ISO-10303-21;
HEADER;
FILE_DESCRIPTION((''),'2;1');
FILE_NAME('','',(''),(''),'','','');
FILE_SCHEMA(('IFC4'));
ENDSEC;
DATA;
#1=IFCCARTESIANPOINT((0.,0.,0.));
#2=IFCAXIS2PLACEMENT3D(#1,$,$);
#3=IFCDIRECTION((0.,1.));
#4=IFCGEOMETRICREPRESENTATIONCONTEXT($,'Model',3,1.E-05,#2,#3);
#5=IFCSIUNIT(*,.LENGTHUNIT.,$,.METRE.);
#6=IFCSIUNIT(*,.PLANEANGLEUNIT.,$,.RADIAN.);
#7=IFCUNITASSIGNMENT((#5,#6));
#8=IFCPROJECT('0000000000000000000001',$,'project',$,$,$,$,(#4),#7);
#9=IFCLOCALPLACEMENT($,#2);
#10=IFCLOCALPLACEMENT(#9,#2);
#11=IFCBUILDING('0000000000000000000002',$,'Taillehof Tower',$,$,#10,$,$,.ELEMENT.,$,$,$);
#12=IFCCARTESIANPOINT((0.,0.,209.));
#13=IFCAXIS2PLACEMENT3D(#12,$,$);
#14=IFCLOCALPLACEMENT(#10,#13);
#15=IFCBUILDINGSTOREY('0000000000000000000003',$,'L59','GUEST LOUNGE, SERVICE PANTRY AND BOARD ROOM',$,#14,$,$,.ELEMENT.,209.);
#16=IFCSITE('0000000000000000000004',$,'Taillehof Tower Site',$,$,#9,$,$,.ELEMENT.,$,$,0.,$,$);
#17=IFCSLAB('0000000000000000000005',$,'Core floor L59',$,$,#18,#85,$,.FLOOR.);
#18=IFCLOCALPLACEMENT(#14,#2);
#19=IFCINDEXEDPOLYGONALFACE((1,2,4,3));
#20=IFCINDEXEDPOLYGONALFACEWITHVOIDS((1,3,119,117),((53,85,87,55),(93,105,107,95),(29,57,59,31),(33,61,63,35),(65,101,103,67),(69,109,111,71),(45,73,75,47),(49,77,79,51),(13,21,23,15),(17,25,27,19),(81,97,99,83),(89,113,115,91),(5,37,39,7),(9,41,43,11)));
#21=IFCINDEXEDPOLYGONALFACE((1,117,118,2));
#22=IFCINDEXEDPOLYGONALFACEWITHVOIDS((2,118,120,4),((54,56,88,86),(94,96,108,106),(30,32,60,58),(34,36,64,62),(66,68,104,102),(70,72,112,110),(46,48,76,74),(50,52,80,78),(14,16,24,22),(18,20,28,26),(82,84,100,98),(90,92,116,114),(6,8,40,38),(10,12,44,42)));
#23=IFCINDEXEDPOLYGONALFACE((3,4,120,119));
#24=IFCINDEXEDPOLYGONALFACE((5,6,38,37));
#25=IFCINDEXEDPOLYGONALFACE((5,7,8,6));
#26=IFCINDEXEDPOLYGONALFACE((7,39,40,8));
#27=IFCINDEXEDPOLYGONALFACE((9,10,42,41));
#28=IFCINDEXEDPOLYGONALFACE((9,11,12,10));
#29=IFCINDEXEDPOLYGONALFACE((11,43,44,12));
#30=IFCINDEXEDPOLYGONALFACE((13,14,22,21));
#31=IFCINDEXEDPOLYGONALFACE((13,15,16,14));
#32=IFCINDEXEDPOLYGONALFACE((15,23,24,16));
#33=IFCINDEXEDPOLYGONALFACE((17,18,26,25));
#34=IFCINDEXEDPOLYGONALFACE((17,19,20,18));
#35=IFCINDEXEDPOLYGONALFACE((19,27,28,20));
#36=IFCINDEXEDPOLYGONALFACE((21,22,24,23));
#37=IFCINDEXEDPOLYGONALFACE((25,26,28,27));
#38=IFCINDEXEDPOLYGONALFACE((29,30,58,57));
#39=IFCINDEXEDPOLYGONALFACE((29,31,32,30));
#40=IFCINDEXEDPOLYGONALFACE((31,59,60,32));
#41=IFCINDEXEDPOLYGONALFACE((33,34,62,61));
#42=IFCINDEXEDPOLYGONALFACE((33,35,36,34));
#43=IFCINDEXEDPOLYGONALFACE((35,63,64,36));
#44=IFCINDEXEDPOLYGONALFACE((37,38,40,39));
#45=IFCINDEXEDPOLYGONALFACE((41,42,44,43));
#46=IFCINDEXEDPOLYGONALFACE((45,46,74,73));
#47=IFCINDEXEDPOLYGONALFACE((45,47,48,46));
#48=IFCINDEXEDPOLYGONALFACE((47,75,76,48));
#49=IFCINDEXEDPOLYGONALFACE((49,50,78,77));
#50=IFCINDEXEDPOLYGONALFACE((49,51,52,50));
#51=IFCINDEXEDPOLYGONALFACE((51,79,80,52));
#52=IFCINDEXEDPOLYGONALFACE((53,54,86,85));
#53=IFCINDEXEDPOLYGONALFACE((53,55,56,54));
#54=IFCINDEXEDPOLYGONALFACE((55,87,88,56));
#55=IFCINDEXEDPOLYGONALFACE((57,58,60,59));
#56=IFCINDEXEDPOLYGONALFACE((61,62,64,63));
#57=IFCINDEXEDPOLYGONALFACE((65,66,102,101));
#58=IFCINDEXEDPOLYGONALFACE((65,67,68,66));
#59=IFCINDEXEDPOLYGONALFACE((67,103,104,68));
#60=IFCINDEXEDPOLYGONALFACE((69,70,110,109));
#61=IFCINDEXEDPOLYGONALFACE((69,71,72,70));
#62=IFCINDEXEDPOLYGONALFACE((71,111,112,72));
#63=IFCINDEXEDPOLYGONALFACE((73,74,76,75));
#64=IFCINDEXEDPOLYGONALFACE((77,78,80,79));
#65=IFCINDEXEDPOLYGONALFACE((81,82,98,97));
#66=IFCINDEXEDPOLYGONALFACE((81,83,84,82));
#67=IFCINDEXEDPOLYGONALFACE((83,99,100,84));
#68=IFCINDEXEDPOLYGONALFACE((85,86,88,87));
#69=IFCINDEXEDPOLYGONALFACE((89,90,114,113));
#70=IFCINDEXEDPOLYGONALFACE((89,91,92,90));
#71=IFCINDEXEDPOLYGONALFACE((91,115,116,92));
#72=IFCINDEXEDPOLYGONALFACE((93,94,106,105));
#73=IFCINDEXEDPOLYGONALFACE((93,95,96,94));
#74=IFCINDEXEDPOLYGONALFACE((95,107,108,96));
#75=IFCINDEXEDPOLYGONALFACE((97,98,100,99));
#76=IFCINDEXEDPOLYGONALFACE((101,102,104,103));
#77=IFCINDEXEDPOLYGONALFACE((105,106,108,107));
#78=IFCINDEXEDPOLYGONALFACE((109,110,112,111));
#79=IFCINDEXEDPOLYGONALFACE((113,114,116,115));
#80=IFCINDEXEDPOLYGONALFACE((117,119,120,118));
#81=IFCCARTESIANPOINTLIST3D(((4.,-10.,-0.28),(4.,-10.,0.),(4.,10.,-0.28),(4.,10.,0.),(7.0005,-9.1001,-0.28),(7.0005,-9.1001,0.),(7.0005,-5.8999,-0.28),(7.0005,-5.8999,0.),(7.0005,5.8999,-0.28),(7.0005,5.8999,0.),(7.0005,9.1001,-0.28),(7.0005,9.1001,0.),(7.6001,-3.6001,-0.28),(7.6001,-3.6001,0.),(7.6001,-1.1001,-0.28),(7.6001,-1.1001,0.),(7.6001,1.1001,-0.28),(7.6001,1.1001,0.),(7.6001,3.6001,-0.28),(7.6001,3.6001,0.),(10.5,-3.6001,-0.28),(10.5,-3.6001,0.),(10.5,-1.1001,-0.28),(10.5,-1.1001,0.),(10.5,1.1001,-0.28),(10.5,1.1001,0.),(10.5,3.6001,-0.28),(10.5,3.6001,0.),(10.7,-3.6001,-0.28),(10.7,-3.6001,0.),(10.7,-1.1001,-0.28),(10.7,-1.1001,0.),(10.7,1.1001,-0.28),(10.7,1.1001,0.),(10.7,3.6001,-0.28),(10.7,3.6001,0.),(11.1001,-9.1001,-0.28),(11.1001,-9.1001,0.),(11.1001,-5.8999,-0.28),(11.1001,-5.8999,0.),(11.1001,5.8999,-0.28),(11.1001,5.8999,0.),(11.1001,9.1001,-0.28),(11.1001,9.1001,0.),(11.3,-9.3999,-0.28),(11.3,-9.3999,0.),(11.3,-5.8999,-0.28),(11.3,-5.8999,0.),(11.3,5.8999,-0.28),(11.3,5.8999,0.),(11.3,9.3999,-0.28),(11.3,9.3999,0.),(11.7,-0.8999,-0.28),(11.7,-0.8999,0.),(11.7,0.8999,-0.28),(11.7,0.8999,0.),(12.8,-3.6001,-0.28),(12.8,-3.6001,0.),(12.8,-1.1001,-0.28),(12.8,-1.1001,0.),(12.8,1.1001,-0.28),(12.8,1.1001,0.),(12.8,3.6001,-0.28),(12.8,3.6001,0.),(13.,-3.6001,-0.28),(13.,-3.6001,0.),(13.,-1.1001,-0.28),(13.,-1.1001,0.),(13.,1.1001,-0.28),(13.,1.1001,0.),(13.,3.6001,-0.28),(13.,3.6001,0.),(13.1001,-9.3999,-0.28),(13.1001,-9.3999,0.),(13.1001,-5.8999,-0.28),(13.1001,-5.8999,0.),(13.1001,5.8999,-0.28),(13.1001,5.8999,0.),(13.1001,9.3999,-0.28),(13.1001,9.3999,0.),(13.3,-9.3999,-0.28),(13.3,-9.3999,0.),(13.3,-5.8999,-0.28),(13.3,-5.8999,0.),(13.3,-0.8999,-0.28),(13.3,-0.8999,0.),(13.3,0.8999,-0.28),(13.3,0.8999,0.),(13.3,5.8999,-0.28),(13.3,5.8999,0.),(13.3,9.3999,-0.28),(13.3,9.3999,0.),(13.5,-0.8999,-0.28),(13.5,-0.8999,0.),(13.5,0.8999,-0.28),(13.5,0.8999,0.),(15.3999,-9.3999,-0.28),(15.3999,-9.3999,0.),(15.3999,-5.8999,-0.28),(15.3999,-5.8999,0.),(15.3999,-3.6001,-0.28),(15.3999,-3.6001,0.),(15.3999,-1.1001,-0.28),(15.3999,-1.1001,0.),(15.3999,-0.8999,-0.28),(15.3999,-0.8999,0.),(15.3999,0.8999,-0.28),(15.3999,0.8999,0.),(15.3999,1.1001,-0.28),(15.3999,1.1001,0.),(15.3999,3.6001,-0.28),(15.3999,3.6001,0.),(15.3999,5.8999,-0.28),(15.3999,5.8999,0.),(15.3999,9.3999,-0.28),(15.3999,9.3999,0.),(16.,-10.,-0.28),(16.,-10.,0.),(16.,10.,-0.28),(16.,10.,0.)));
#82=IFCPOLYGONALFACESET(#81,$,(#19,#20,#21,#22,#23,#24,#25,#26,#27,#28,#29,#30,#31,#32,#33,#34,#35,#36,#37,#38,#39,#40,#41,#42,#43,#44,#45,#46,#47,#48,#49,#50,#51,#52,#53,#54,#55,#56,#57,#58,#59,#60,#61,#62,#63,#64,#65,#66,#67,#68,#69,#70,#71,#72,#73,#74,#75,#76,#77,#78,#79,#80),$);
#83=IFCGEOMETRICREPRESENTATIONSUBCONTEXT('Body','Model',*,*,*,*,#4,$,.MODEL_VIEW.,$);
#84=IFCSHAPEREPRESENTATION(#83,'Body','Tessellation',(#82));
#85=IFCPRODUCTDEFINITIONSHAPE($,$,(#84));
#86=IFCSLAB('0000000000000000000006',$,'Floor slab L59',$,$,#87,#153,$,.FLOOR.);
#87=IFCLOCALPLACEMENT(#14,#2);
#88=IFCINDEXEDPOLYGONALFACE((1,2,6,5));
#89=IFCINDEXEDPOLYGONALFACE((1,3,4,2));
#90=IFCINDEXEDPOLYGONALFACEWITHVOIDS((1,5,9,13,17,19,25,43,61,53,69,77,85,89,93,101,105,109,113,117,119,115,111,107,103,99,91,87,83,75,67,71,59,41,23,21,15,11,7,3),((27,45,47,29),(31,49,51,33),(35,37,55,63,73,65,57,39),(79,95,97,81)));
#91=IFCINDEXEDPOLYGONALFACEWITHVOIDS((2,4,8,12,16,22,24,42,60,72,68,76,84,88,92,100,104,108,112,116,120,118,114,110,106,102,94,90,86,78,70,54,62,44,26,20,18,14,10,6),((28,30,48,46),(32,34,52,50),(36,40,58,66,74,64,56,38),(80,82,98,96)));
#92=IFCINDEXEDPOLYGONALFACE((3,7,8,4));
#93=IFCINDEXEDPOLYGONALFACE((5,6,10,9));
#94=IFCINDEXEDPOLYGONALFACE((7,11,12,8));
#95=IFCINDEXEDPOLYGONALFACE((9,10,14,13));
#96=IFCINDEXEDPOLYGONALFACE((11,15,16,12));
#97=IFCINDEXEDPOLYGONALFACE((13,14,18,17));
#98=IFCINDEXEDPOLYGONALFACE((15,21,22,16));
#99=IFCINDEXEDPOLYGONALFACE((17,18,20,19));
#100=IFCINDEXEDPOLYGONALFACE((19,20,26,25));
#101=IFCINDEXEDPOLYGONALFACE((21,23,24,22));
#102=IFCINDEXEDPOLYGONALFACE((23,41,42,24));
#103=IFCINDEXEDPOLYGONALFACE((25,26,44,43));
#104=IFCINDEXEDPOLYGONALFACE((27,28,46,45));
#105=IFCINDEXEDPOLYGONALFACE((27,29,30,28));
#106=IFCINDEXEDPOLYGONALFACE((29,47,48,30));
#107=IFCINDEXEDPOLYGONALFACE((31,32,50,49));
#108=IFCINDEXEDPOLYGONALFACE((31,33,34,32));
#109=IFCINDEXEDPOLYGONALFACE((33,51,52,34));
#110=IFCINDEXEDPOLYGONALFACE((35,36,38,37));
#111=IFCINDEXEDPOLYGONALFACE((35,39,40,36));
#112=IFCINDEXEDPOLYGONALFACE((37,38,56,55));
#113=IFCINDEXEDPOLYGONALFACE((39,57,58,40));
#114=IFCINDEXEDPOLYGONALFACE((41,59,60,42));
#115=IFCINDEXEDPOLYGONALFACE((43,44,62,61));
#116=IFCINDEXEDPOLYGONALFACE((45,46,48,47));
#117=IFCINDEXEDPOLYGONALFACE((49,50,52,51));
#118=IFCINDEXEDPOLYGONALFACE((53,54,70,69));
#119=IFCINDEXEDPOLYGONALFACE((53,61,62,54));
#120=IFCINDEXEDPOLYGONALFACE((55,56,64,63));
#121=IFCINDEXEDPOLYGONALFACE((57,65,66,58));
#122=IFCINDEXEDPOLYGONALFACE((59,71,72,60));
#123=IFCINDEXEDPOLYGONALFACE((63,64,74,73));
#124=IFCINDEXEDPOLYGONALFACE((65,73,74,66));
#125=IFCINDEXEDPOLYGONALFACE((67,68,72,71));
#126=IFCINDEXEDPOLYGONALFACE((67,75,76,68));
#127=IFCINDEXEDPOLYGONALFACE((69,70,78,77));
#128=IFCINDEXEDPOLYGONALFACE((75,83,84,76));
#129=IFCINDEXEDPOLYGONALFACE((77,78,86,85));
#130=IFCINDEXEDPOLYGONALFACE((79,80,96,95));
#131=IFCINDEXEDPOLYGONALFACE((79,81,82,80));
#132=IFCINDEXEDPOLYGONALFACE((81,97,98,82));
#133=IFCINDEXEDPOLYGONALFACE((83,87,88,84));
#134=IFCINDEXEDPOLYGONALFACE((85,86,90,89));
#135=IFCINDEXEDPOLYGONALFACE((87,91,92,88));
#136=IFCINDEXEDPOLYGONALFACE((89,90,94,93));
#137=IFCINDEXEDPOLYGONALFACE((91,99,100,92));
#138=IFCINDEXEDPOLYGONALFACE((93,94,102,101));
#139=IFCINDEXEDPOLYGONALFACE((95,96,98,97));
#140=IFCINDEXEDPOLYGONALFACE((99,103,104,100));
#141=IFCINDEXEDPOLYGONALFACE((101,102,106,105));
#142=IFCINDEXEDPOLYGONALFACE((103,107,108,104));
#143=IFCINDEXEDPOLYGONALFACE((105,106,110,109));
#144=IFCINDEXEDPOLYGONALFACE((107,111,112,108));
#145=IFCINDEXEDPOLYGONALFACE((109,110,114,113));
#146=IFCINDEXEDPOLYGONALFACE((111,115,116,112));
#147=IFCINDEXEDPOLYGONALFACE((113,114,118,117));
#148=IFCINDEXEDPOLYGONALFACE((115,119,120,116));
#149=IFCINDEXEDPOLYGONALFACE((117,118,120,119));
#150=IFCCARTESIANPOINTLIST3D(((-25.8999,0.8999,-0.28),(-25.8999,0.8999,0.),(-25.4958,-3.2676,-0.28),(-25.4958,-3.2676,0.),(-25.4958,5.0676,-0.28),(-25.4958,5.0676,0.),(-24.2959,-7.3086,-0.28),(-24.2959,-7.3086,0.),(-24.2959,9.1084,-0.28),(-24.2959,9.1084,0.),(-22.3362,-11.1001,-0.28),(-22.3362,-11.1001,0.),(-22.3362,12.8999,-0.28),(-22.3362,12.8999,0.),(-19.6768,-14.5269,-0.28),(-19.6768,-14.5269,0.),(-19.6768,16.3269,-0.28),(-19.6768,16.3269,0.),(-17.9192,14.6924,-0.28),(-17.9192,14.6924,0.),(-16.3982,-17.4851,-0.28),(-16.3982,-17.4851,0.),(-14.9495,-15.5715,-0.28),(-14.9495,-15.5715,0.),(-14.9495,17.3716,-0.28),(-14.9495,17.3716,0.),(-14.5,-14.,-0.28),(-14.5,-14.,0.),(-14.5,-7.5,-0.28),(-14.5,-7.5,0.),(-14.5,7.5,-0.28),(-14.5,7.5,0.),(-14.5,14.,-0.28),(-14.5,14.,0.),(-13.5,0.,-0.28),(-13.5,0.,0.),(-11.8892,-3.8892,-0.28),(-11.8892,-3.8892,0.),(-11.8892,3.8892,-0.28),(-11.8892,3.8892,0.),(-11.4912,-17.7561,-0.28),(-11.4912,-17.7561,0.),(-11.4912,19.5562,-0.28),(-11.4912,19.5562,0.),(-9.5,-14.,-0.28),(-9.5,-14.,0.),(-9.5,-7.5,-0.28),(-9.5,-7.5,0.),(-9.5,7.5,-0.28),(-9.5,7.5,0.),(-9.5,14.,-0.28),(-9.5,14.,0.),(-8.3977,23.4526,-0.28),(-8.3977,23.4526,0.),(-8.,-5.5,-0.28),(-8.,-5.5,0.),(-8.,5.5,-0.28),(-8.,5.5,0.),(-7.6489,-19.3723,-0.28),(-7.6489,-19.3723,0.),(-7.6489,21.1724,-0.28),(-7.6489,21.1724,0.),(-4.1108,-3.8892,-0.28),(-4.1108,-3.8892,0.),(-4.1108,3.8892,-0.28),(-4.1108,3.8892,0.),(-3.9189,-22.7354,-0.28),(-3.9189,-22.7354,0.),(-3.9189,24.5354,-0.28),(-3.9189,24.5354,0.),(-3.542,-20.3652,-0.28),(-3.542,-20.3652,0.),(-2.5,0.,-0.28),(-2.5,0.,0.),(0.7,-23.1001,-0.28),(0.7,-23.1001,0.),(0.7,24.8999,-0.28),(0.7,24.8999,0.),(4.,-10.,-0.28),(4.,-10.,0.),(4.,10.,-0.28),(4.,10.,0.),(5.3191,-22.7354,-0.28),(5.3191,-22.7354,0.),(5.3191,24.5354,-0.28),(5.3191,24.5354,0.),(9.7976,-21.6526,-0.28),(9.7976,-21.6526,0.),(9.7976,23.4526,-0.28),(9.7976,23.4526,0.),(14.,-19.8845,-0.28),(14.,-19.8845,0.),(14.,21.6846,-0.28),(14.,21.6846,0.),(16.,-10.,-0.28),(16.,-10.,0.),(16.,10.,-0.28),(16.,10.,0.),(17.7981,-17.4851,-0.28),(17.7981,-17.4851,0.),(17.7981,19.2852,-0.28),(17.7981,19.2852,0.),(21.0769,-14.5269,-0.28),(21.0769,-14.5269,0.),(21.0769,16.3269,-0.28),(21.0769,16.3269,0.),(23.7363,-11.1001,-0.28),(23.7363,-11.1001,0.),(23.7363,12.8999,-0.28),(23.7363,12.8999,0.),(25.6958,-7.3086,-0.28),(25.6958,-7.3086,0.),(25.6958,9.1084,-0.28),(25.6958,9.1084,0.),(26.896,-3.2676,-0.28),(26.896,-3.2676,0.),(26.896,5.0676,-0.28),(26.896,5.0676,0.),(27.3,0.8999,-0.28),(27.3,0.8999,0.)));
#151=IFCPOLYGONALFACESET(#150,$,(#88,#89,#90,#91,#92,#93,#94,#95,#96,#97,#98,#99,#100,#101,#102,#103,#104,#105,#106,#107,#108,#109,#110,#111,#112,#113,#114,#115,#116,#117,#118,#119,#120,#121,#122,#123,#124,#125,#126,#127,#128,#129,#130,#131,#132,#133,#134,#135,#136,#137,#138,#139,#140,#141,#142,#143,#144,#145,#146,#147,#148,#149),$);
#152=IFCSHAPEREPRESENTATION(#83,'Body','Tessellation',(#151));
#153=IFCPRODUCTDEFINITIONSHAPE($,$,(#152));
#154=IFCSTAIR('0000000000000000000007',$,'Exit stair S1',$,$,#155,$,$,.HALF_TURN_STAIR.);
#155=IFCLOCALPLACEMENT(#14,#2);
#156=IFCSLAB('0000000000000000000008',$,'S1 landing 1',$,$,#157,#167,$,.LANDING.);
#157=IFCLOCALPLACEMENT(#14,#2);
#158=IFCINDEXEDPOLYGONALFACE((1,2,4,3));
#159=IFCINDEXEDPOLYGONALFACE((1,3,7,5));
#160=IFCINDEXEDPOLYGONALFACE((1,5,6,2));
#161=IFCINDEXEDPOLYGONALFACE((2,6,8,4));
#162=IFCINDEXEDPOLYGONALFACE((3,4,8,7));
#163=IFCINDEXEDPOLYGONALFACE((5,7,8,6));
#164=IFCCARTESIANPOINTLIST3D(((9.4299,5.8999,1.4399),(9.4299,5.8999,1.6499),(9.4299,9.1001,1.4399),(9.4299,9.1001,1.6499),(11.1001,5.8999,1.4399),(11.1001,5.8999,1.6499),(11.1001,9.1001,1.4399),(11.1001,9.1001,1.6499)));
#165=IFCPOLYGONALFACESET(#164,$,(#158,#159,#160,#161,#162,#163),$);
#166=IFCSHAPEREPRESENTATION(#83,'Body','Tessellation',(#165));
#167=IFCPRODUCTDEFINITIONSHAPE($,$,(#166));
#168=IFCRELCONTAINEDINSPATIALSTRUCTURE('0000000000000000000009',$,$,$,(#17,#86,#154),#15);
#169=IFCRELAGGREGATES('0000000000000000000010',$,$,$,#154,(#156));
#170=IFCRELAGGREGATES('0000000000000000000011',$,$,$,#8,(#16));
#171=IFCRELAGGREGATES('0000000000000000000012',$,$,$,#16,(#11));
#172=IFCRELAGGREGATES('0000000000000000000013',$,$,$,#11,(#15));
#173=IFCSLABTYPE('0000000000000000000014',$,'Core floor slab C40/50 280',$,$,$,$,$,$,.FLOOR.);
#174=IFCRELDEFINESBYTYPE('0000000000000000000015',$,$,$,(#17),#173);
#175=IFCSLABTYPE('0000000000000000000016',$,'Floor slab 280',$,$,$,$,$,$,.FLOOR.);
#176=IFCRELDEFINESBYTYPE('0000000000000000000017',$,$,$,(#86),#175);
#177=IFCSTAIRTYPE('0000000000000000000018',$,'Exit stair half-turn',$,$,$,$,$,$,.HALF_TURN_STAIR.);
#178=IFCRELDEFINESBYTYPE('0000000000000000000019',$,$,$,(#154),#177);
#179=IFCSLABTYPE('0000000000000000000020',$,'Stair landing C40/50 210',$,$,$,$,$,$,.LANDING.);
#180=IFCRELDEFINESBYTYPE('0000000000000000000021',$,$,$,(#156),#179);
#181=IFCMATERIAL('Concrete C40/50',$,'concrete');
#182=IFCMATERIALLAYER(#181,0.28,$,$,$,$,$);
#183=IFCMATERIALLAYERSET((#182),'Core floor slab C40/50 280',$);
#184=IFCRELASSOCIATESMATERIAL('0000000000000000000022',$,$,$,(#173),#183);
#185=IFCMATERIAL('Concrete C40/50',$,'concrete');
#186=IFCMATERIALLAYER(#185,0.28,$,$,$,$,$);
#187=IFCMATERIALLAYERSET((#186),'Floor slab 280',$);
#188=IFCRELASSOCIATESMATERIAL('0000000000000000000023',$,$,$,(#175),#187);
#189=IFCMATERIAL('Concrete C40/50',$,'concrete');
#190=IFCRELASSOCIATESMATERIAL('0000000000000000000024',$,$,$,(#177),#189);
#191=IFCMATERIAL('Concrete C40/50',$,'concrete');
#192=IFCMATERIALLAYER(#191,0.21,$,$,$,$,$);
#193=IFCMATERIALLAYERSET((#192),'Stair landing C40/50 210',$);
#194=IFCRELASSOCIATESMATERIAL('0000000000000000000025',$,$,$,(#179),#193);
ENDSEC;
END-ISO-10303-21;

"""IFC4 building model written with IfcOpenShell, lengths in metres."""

from ifc_helpers import new_model, si_unit, direction, frame, origin, place, context, subcontext, project, spatial, polyline, outline, extrude, material, layer, layer_set, type_object, element, aggregate, save


model = new_model("IFC4")

# Units and contexts
model_context = context("Model", 3, precision=1e-05, world=origin(), true_north=direction((0.0, 1.0)))
body_context = subcontext(model_context, "Body", "Model", "MODEL_VIEW")
ifc_project = project(units=[si_unit("LENGTHUNIT", "METRE"), si_unit("PLANEANGLEUNIT", "RADIAN")], contexts=[model_context])

# Site, building, storey
site_placement = place(None, origin())
site = spatial("IfcSite", under=ifc_project, at=site_placement, Name="Taillehof Tower Site", CompositionType="ELEMENT", RefElevation=0.0)
building_placement = place(site_placement, origin())
building = spatial("IfcBuilding", under=site, at=building_placement, Name="Taillehof Tower", CompositionType="ELEMENT")
storey_placement = place(building_placement, frame((0.0, 0.0, 209.0)))
storey = spatial("IfcBuildingStorey", under=building, at=storey_placement, Name="L59", Description="GUEST LOUNGE, SERVICE PANTRY AND BOARD ROOM", CompositionType="ELEMENT", Elevation=209.0)

# Slabs
ifc_material_1 = material(Name="Concrete C40/50", Category="concrete")
ifc_layer_1 = layer(ifc_material_1, 0.28)
ifc_layer_set_1 = layer_set([ifc_layer_1], Name="Core floor slab C40/50 280")
slab_type_1 = type_object("IfcSlabType", Name="Core floor slab C40/50 280", PredefinedType="FLOOR", material=ifc_layer_set_1)
slab_1_placement = place(storey_placement, frame((0.0, 0.0, -0.28)))
element("IfcSlab", 1, at=slab_1_placement, inside=storey, type_object=slab_type_1, Name="Core floor L59", PredefinedType="FLOOR", context=body_context, shape_type="SweptSolid", body=[
    extrude(outline(polyline([(4.0, -10.0), (4.0, 10.0), (16.0, 10.0), (16.0, -10.0), (4.0, -10.0)]), holes=[polyline([(11.1001, -9.1001), (11.1001, -5.8999), (7.0005, -5.8999), (7.0005, -9.1001), (11.1001, -9.1001)]), polyline([(10.5, -3.6001), (10.5, -1.1001), (7.6001, -1.1001), (7.6001, -3.6001), (10.5, -3.6001)]), polyline([(12.8, -3.6001), (12.8, -1.1001), (10.7, -1.1001), (10.7, -3.6001), (12.8, -3.6001)]), polyline([(10.5, 1.1001), (10.5, 3.6001), (7.6001, 3.6001), (7.6001, 1.1001), (10.5, 1.1001)]), polyline([(12.8, 1.1001), (12.8, 3.6001), (10.7, 3.6001), (10.7, 1.1001), (12.8, 1.1001)]), polyline([(11.1001, 5.8999), (11.1001, 9.1001), (7.0005, 9.1001), (7.0005, 5.8999), (11.1001, 5.8999)]), polyline([(13.1001, 5.8999), (13.1001, 9.3999), (11.3, 9.3999), (11.3, 5.8999), (13.1001, 5.8999)]), polyline([(13.1001, -5.8999), (11.3, -5.8999), (11.3, -9.3999), (13.1001, -9.3999), (13.1001, -5.8999)]), polyline([(15.3999, -9.3999), (15.3999, -5.8999), (13.3, -5.8999), (13.3, -9.3999), (15.3999, -9.3999)]), polyline([(15.3999, -3.6001), (15.3999, -1.1001), (13.0, -1.1001), (13.0, -3.6001), (15.3999, -3.6001)]), polyline([(13.3, -0.8999), (13.3, 0.8999), (11.7, 0.8999), (11.7, -0.8999), (13.3, -0.8999)]), polyline([(15.3999, -0.8999), (15.3999, 0.8999), (13.5, 0.8999), (13.5, -0.8999), (15.3999, -0.8999)]), polyline([(15.3999, 1.1001), (15.3999, 3.6001), (13.0, 3.6001), (13.0, 1.1001), (15.3999, 1.1001)]), polyline([(15.3999, 5.8999), (15.3999, 9.3999), (13.3, 9.3999), (13.3, 5.8999), (15.3999, 5.8999)])]), origin(), (0.0, 0.0, 1.0), 0.28),
])
ifc_material_2 = material(Name="Concrete C40/50", Category="concrete")
ifc_layer_2 = layer(ifc_material_2, 0.28)
ifc_layer_set_2 = layer_set([ifc_layer_2], Name="Floor slab 280")
slab_type_2 = type_object("IfcSlabType", Name="Floor slab 280", PredefinedType="FLOOR", material=ifc_layer_set_2)
slab_2_placement = place(storey_placement, frame((0.0, 0.0, -0.28)))
element("IfcSlab", 2, at=slab_2_placement, inside=storey, type_object=slab_type_2, Name="Floor slab L59", PredefinedType="FLOOR", context=body_context, shape_type="SweptSolid", body=[
    extrude(outline(polyline([(27.3, 0.8999), (26.896, 5.0676), (25.6958, 9.1084), (23.7363, 12.8999), (21.0769, 16.3269), (17.7981, 19.2852), (14.0, 21.6846), (9.7976, 23.4526), (5.3191, 24.5354), (0.7, 24.8999), (-3.9189, 24.5354), (-8.3977, 23.4526), (-7.6489, 21.1724), (-11.4912, 19.5562), (-14.9495, 17.3716), (-17.9192, 14.6924), (-19.6768, 16.3269), (-22.3362, 12.8999), (-24.2959, 9.1084), (-25.4958, 5.0676), (-25.8999, 0.8999), (-25.4958, -3.2676), (-24.2959, -7.3086), (-22.3362, -11.1001), (-19.6768, -14.5269), (-16.3982, -17.4851), (-14.9495, -15.5715), (-11.4912, -17.7561), (-7.6489, -19.3723), (-3.542, -20.3652), (-3.9189, -22.7354), (0.7, -23.1001), (5.3191, -22.7354), (9.7976, -21.6526), (14.0, -19.8845), (17.7981, -17.4851), (21.0769, -14.5269), (23.7363, -11.1001), (25.6958, -7.3086), (26.896, -3.2676), (27.3, 0.8999)]), holes=[polyline([(-14.5, -7.5), (-9.5, -7.5), (-9.5, -14.0), (-14.5, -14.0), (-14.5, -7.5)]), polyline([(-8.0, -5.5), (-11.8892, -3.8892), (-13.5, 0.0), (-11.8892, 3.8892), (-8.0, 5.5), (-4.1108, 3.8892), (-2.5, 0.0), (-4.1108, -3.8892), (-8.0, -5.5)]), polyline([(16.0, 10.0), (16.0, -10.0), (4.0, -10.0), (4.0, 10.0), (16.0, 10.0)]), polyline([(-14.5, 14.0), (-9.5, 14.0), (-9.5, 7.5), (-14.5, 7.5), (-14.5, 14.0)])]), origin(), (0.0, 0.0, 1.0), 0.28),
])

# Stair, slab
ifc_material_3 = material(Name="Concrete C40/50", Category="concrete")
stair_type = type_object("IfcStairType", Name="Exit stair half-turn", PredefinedType="HALF_TURN_STAIR", material=ifc_material_3)
stair_placement = place(storey_placement, origin())
stair = element("IfcStair", 3, at=stair_placement, inside=storey, type_object=stair_type, Name="Exit stair S1", PredefinedType="HALF_TURN_STAIR")
ifc_material_4 = material(Name="Concrete C40/50", Category="concrete")
ifc_layer_3 = layer(ifc_material_4, 0.21)
ifc_layer_set_3 = layer_set([ifc_layer_3], Name="Stair landing C40/50 210")
slab_type_3 = type_object("IfcSlabType", Name="Stair landing C40/50 210", PredefinedType="LANDING", material=ifc_layer_set_3)
slab_3_placement = place(storey_placement, frame((0.0, 0.0, 1.4399)))
slab_3 = element("IfcSlab", 4, at=slab_3_placement, type_object=slab_type_3, Name="S1 landing 1", PredefinedType="LANDING", context=body_context, shape_type="SweptSolid", body=[
    extrude(outline(polyline([(9.4299, 5.8999), (11.1001, 5.8999), (11.1001, 9.1001), (9.4299, 9.1001), (9.4299, 5.8999)])), origin(), (0.0, 0.0, 1.0), 0.21),
])
aggregate(stair, [slab_3])

save(model, "model.ifc")
